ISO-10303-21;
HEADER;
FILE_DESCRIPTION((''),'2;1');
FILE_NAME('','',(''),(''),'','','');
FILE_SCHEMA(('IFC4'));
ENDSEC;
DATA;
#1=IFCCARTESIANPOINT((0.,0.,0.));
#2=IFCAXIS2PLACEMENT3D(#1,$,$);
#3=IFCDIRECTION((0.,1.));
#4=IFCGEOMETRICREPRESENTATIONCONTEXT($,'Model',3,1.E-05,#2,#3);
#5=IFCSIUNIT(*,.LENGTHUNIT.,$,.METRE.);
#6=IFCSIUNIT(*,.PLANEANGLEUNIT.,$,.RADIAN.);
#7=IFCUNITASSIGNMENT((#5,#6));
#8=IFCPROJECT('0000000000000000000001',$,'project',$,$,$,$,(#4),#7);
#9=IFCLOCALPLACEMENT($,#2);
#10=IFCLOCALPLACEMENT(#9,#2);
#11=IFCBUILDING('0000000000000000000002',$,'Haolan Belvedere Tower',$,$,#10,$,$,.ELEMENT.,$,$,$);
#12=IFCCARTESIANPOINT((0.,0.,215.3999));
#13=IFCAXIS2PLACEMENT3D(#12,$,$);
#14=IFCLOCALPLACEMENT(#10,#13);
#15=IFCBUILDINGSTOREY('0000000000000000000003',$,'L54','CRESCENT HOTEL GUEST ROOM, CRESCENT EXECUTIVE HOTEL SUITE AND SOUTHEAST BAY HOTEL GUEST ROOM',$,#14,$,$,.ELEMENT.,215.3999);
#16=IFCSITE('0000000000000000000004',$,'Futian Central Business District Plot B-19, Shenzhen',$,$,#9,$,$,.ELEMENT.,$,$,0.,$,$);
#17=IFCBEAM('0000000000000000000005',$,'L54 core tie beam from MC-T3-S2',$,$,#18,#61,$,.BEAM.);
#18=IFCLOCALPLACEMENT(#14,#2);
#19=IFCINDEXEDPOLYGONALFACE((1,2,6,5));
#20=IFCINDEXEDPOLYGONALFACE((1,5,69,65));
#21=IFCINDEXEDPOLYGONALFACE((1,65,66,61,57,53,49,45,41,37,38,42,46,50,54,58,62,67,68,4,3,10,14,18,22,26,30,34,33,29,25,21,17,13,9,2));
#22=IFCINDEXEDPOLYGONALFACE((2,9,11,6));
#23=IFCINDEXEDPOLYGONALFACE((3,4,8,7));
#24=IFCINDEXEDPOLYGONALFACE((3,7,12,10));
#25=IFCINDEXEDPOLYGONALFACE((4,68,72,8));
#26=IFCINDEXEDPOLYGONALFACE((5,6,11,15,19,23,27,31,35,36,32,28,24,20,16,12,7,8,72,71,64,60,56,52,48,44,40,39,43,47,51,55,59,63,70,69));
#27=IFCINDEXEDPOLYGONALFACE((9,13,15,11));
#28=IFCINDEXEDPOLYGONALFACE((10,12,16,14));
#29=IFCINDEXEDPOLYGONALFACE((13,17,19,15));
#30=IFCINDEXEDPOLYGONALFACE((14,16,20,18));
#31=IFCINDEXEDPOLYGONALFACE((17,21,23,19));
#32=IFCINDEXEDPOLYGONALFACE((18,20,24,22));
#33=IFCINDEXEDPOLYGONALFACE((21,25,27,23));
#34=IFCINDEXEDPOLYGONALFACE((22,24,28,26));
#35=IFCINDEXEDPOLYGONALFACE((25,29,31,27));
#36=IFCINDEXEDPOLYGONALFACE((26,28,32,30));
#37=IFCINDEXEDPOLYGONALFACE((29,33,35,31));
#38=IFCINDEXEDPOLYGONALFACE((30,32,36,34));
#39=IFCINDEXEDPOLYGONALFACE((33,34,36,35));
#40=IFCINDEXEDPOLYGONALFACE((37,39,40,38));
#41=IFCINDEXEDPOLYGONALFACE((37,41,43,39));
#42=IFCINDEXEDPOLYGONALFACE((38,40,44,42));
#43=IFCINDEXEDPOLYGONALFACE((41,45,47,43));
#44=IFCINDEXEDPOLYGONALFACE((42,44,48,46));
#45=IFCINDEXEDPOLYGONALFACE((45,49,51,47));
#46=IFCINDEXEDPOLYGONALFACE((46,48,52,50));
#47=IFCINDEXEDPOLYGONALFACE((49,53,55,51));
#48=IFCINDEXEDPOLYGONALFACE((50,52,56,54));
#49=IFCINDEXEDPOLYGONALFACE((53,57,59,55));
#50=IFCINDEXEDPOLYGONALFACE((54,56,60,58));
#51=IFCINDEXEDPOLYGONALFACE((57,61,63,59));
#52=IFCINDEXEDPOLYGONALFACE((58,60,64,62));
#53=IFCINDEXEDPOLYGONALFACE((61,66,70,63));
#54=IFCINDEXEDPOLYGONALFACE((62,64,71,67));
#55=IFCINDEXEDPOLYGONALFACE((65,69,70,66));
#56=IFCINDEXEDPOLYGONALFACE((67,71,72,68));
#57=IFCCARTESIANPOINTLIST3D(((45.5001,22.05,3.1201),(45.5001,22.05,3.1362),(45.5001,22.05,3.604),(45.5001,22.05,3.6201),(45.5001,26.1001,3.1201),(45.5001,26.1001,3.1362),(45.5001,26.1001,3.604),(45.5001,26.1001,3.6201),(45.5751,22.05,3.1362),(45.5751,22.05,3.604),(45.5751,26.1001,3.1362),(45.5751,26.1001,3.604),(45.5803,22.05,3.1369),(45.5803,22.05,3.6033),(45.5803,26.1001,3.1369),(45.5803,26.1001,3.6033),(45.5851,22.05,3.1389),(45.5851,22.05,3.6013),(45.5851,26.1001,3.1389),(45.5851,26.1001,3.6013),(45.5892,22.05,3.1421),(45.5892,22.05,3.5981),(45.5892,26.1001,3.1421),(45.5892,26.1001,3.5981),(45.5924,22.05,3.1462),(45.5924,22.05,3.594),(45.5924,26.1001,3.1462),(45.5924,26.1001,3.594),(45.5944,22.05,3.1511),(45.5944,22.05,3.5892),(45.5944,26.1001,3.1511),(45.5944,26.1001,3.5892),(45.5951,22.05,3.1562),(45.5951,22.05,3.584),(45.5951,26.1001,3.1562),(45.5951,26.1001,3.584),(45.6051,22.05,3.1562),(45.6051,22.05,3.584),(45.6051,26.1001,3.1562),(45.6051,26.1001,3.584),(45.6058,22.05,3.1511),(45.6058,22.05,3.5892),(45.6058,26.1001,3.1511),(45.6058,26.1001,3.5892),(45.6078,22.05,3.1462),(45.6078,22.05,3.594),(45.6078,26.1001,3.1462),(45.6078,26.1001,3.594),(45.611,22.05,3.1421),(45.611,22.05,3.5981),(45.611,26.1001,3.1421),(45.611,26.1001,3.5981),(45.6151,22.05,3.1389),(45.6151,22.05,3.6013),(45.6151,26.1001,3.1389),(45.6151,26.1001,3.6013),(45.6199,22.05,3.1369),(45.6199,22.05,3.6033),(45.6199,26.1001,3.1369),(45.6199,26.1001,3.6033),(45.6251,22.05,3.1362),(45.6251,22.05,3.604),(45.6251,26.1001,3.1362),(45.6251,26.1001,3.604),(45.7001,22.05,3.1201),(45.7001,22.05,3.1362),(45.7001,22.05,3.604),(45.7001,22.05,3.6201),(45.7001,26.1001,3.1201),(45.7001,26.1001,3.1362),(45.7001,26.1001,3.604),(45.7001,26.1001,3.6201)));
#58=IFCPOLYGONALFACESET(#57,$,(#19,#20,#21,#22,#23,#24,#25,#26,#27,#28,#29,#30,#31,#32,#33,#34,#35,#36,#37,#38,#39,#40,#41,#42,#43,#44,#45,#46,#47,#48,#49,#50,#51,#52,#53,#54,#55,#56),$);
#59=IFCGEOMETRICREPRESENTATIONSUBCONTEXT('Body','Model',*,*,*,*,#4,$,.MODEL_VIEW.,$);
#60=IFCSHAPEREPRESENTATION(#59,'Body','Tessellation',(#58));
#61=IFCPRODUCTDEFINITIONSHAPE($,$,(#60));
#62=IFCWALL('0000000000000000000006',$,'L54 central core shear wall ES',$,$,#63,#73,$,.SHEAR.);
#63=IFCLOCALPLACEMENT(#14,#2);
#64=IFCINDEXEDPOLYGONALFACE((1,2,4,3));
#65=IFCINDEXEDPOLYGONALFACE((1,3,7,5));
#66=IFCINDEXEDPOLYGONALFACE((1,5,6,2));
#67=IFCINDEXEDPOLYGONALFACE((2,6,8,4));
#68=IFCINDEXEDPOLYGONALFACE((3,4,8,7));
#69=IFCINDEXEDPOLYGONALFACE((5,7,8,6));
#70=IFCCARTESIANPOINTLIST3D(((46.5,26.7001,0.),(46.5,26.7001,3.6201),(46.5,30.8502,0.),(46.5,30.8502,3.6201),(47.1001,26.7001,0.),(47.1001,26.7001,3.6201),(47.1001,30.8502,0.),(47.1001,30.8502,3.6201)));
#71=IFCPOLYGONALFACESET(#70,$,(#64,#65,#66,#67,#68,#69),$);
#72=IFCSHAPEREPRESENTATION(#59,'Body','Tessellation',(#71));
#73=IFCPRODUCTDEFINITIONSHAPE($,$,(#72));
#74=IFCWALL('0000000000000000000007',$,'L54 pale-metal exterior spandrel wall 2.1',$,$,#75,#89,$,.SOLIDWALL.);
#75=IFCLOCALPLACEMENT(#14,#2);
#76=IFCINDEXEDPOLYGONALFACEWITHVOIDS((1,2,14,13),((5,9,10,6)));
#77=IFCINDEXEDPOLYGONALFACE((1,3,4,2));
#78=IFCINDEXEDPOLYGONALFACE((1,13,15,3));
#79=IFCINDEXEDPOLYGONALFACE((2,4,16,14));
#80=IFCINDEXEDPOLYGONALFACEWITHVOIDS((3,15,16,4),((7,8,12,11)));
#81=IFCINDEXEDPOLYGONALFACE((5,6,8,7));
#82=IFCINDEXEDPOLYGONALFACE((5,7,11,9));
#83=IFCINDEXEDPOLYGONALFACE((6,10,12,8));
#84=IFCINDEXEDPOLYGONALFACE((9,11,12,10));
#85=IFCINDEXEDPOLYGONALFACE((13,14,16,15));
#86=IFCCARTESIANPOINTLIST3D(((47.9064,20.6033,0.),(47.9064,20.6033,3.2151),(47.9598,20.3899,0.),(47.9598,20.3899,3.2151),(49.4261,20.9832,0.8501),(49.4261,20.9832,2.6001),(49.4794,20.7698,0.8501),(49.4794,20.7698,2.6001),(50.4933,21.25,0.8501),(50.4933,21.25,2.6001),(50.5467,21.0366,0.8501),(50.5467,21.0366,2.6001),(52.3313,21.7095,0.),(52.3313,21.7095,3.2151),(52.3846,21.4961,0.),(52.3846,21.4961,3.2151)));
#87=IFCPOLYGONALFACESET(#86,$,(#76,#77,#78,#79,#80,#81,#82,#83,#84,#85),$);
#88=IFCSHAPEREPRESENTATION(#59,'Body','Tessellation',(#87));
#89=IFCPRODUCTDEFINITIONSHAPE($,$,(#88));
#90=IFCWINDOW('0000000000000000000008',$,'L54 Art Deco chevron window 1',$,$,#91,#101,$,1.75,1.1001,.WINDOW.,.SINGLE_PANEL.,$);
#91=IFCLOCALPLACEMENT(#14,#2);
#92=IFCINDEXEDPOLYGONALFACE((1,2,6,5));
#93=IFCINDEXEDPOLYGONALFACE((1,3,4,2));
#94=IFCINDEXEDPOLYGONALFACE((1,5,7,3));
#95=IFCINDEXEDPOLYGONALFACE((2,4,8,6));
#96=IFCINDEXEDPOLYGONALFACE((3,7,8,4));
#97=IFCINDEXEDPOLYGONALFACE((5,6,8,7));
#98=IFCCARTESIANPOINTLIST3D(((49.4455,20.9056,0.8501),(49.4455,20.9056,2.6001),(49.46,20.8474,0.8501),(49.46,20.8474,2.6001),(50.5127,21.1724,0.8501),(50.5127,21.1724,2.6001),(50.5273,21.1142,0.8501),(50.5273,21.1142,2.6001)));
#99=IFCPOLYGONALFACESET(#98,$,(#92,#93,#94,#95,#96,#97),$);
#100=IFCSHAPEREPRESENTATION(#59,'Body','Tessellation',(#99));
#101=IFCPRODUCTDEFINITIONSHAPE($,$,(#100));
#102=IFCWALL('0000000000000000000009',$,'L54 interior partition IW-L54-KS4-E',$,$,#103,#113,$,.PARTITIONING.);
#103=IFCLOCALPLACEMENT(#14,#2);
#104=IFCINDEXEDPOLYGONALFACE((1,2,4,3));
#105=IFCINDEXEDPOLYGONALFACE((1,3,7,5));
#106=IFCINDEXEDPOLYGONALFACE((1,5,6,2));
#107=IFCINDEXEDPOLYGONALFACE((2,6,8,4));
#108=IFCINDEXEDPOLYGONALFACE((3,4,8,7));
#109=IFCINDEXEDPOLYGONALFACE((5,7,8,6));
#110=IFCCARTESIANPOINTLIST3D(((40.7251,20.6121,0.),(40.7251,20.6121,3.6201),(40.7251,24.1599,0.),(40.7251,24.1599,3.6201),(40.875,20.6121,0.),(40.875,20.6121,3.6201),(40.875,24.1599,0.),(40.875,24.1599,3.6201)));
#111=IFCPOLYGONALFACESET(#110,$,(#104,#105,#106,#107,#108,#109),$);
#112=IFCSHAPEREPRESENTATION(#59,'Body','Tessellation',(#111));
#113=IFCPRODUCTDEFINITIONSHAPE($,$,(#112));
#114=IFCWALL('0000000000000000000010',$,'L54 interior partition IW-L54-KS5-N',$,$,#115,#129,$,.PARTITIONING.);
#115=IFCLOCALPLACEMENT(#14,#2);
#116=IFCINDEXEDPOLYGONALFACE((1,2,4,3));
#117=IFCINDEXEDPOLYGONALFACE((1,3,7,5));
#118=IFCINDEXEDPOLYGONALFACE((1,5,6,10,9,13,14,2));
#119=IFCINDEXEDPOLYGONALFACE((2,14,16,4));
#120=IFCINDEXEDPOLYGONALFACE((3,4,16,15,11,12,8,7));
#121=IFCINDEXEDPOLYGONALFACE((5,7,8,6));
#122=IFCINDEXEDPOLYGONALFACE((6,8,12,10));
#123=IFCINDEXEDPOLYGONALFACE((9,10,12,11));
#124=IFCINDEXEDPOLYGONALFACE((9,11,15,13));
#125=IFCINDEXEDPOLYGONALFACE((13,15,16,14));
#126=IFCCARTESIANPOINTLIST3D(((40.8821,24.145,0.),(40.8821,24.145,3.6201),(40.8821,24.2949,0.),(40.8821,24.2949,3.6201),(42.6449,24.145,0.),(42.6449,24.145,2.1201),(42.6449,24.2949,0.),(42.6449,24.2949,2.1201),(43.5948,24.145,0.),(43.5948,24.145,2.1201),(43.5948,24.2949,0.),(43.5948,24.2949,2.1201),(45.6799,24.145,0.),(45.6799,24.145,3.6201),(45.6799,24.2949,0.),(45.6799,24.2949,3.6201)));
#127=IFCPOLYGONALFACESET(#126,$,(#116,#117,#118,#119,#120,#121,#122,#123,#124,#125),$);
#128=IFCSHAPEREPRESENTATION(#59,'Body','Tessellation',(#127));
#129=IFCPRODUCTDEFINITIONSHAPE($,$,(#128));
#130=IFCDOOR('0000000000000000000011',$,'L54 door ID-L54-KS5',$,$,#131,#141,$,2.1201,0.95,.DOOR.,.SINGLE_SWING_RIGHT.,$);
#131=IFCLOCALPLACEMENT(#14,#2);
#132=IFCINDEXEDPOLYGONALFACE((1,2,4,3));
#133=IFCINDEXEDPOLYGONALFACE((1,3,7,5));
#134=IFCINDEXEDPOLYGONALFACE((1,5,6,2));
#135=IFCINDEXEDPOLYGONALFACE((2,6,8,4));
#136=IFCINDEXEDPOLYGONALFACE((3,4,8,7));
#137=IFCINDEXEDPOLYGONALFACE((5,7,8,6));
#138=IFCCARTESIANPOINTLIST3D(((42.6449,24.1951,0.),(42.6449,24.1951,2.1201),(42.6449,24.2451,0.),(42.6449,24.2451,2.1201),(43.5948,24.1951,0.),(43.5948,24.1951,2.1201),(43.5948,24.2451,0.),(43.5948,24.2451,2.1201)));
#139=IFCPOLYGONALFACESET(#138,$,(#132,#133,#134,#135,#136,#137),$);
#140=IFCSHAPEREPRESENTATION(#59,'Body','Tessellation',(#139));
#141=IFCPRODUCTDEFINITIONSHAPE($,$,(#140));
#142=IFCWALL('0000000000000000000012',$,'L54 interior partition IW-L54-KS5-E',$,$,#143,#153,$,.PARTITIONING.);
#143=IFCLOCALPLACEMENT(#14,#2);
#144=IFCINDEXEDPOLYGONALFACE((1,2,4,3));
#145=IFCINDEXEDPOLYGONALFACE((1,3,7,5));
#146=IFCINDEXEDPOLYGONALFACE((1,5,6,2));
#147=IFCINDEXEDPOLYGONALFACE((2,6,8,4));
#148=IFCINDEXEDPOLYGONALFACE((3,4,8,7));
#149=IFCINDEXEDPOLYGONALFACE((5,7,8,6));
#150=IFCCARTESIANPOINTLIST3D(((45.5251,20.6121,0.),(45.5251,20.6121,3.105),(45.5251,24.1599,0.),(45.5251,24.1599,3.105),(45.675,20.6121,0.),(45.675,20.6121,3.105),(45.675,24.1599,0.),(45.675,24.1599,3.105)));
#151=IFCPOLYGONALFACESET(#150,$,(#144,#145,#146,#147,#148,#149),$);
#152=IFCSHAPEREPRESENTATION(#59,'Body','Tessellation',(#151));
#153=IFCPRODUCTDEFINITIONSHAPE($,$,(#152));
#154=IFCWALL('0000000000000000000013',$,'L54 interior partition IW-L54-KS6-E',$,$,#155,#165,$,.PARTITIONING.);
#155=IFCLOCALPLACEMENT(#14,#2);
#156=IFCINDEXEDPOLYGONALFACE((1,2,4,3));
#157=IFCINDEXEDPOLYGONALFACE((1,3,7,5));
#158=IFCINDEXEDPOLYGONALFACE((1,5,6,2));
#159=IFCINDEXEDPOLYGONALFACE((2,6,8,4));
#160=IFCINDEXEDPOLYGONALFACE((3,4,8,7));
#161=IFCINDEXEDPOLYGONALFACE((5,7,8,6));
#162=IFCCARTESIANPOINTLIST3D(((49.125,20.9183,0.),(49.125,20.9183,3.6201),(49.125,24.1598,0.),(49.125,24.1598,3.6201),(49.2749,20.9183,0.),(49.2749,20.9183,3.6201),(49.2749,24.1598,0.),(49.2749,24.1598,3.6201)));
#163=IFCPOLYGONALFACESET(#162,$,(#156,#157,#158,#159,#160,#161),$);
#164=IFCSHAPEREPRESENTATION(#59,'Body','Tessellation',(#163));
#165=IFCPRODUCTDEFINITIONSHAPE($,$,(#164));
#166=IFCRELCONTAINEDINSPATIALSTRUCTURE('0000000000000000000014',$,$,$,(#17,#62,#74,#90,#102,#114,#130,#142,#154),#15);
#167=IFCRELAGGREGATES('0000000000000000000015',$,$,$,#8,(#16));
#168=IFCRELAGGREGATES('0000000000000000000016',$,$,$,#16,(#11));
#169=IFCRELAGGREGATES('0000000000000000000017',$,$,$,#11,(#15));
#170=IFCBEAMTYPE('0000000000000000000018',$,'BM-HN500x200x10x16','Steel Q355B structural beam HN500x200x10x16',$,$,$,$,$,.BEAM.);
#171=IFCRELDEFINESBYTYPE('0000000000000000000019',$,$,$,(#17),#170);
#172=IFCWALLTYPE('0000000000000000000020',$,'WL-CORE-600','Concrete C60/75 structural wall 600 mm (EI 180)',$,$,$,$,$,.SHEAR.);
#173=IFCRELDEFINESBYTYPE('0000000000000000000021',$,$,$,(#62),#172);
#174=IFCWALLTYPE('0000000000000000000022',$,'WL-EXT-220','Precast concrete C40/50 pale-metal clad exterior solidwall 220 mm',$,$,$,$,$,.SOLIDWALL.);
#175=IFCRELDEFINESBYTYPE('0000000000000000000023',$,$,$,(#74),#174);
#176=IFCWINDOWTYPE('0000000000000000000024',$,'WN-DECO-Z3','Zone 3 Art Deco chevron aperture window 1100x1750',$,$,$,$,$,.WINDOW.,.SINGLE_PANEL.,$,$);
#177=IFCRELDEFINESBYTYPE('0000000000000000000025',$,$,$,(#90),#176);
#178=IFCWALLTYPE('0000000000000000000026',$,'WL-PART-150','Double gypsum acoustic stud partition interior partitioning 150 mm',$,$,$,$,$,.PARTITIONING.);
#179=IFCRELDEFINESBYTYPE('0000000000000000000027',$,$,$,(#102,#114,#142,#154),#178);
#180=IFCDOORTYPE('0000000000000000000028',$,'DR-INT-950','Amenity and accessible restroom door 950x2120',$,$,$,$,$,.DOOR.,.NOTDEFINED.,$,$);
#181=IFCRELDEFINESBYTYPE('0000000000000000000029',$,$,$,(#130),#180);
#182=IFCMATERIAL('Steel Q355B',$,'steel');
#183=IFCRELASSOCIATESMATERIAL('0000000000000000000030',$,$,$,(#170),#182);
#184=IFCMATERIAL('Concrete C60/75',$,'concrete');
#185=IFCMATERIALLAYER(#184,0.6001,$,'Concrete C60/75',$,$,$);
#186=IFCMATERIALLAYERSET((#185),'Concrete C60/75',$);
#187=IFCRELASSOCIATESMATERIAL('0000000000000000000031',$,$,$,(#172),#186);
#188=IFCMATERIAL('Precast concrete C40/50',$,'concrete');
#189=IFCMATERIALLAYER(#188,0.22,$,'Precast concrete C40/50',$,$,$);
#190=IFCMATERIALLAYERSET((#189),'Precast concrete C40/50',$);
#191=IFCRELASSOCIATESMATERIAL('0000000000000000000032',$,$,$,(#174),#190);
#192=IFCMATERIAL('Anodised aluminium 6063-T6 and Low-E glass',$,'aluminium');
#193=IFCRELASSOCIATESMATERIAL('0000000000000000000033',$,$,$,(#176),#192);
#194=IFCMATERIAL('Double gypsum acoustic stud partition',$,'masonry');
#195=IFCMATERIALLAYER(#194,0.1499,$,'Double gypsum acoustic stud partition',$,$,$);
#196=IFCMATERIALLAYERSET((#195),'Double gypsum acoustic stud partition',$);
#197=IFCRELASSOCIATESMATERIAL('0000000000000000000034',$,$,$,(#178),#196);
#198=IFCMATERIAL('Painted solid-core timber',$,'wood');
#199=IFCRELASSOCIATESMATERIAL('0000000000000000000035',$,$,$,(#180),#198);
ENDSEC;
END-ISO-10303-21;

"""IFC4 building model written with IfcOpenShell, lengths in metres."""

from ifc_helpers import new_model, si_unit, direction, frame, frame_2d, origin, origin_2d, place, context, subcontext, project, spatial, rectangle, i_section, extrude, material, layer, layer_set, material_profile, profile_set, type_object, element, fill, save


model = new_model("IFC4")

# Units and contexts
model_context = context("Model", 3, precision=1e-05, world=origin(), true_north=direction((0.0, 1.0)))
body_context = subcontext(model_context, "Body", "Model", "MODEL_VIEW")
ifc_project = project(units=[si_unit("LENGTHUNIT", "METRE"), si_unit("PLANEANGLEUNIT", "RADIAN")], contexts=[model_context])

# Site, building, storey
site_placement = place(None, origin())
site = spatial("IfcSite", under=ifc_project, at=site_placement, Name="Futian Central Business District Plot B-19, Shenzhen", CompositionType="ELEMENT", RefElevation=0.0)
building_placement = place(site_placement, origin())
building = spatial("IfcBuilding", under=site, at=building_placement, Name="Haolan Belvedere Tower", CompositionType="ELEMENT")
storey_placement = place(building_placement, frame((0.0, 0.0, 215.3999)))
storey = spatial("IfcBuildingStorey", under=building, at=storey_placement, Name="L54", Description="CRESCENT HOTEL GUEST ROOM, CRESCENT EXECUTIVE HOTEL SUITE AND SOUTHEAST BAY HOTEL GUEST ROOM", CompositionType="ELEMENT", Elevation=215.3999)

# Beam
ifc_material_1 = material(Name="Steel Q355B", Category="steel")
ifc_material_profile_1 = material_profile(ifc_material_1, i_section(OverallWidth=0.2, OverallDepth=0.5, WebThickness=0.01, FlangeThickness=0.0161, FilletRadius=0.02, at=origin_2d()), Name="Steel Q355B")
ifc_profile_set_1 = profile_set([ifc_material_profile_1], Name="Steel Q355B")
beam_type_1 = type_object("IfcBeamType", Name="BM-HN500x200x10x16", Description="Steel Q355B structural beam HN500x200x10x16", PredefinedType="BEAM", material=ifc_profile_set_1)
beam_1_placement = place(storey_placement, frame((45.6001, 22.05, 3.3701), z_axis=(0.0, 1.0, 0.0), x_axis=(-1.0, 0.0, 0.0)))
element("IfcBeam", 1, at=beam_1_placement, inside=storey, type_object=beam_type_1, Name="L54 core tie beam from MC-T3-S2", PredefinedType="BEAM", context=body_context, shape_type="SweptSolid", body=[
    extrude(i_section(OverallWidth=0.2, OverallDepth=0.5, WebThickness=0.01, FlangeThickness=0.0161, FilletRadius=0.02, at=origin_2d()), origin(), (0.0, 0.0, 1.0), 4.05),
])

# Wall
ifc_material_2 = material(Name="Concrete C60/75", Category="concrete")
ifc_layer_1 = layer(ifc_material_2, 0.6001, Name="Concrete C60/75")
ifc_layer_set_1 = layer_set([ifc_layer_1], Name="Concrete C60/75")
wall_type_1 = type_object("IfcWallType", Name="WL-CORE-600", Description="Concrete C60/75 structural wall 600 mm (EI 180)", PredefinedType="SHEAR", material=ifc_layer_set_1)
wall_1_placement = place(storey_placement, frame((46.8, 26.7, 0.0), z_axis=(0.0, 0.0, 1.0), x_axis=(0.0, 1.0, 0.0)))
element("IfcWall", 2, at=wall_1_placement, inside=storey, type_object=wall_type_1, Name="L54 central core shear wall ES", PredefinedType="SHEAR", context=body_context, shape_type="SweptSolid", body=[
    extrude(rectangle(XDim=4.1501, YDim=0.6001, at=frame_2d((2.0752, 0.0))), origin(), (0.0, 0.0, 1.0), 3.6201),
])

# Wall, opening, window
ifc_material_3 = material(Name="Precast concrete C40/50", Category="concrete")
ifc_layer_2 = layer(ifc_material_3, 0.22, Name="Precast concrete C40/50")
ifc_layer_set_2 = layer_set([ifc_layer_2], Name="Precast concrete C40/50")
wall_type_2 = type_object("IfcWallType", Name="WL-EXT-220", Description="Precast concrete C40/50 pale-metal clad exterior solidwall 220 mm", PredefinedType="SOLIDWALL", material=ifc_layer_set_2)
wall_2_placement = place(storey_placement, frame((47.9331, 20.4966, 0.0), z_axis=(0.0, 0.0, 1.0), x_axis=(0.970143, 0.242536, 0.0)))
wall_2 = element("IfcWall", 3, at=wall_2_placement, inside=storey, type_object=wall_type_2, Name="L54 pale-metal exterior spandrel wall 2.1", PredefinedType="SOLIDWALL", context=body_context, shape_type="SweptSolid", body=[
    extrude(rectangle(XDim=4.561, YDim=0.22, at=frame_2d((2.2805, 0.0))), origin(), (0.0, 0.0, 1.0), 3.2151),
])
opening_1_placement = place(wall_2_placement, frame((1.5664, 0.0, 0.8501)))
opening_1 = element("IfcOpeningElement", 4, at=opening_1_placement, cuts=wall_2, PredefinedType="OPENING", context=body_context, shape_type="SweptSolid", body=[
    extrude(rectangle(XDim=1.1001, YDim=1.75, at=frame_2d((0.55, 0.875))), frame((0.0, 0.1199, 0.0), z_axis=(0.0, -1.0, 0.0), x_axis=(1.0, 0.0, 0.0)), (0.0, 0.0, 1.0), 0.24),
])
ifc_material_4 = material(Name="Anodised aluminium 6063-T6 and Low-E glass", Category="aluminium")
window_type = type_object("IfcWindowType", Name="WN-DECO-Z3", Description="Zone 3 Art Deco chevron aperture window 1100x1750", PartitioningType="SINGLE_PANEL", PredefinedType="WINDOW", material=ifc_material_4)
window_placement = place(opening_1_placement, origin())
window = element("IfcWindow", 5, at=window_placement, inside=storey, type_object=window_type, Name="L54 Art Deco chevron window 1", OverallHeight=1.75, OverallWidth=1.1001, PartitioningType="SINGLE_PANEL", PredefinedType="WINDOW", context=body_context, shape_type="SweptSolid", body=[
    extrude(rectangle(XDim=1.1001, YDim=1.75, at=frame_2d((0.55, 0.875))), frame((0.0, 0.03, 0.0), z_axis=(0.0, -1.0, 0.0), x_axis=(1.0, 0.0, 0.0)), (0.0, 0.0, 1.0), 0.0601),
])
fill(opening_1, window)

# Wall
ifc_material_5 = material(Name="Double gypsum acoustic stud partition", Category="masonry")
ifc_layer_3 = layer(ifc_material_5, 0.1499, Name="Double gypsum acoustic stud partition")
ifc_layer_set_3 = layer_set([ifc_layer_3], Name="Double gypsum acoustic stud partition")
wall_type_3 = type_object("IfcWallType", Name="WL-PART-150", Description="Double gypsum acoustic stud partition interior partitioning 150 mm", PredefinedType="PARTITIONING", material=ifc_layer_set_3)
wall_3_placement = place(storey_placement, frame((40.8, 20.6121, 0.0), z_axis=(0.0, 0.0, 1.0), x_axis=(0.0, 1.0, 0.0)))
element("IfcWall", 6, at=wall_3_placement, inside=storey, type_object=wall_type_3, Name="L54 interior partition IW-L54-KS4-E", PredefinedType="PARTITIONING", context=body_context, shape_type="SweptSolid", body=[
    extrude(rectangle(XDim=3.5479, YDim=0.1499, at=frame_2d((1.7739, 0.0))), origin(), (0.0, 0.0, 1.0), 3.6201),
])

# Wall, opening, door
wall_4_placement = place(storey_placement, frame((40.8821, 24.22, 0.0), z_axis=(0.0, 0.0, 1.0), x_axis=(1.0, 0.0, 0.0)))
wall_4 = element("IfcWall", 7, at=wall_4_placement, inside=storey, type_object=wall_type_3, Name="L54 interior partition IW-L54-KS5-N", PredefinedType="PARTITIONING", context=body_context, shape_type="SweptSolid", body=[
    extrude(rectangle(XDim=4.7979, YDim=0.1499, at=frame_2d((2.3989, 0.0))), origin(), (0.0, 0.0, 1.0), 3.6201),
])
opening_2_placement = place(wall_4_placement, frame((2.7129, 0.0, 0.0), z_axis=(0.0, 0.0, 1.0), x_axis=(-1.0, 0.0, 0.0)))
opening_2 = element("IfcOpeningElement", 8, at=opening_2_placement, cuts=wall_4, PredefinedType="OPENING", context=body_context, shape_type="SweptSolid", body=[
    extrude(rectangle(XDim=0.95, YDim=2.1201, at=frame_2d((0.4751, 1.0601))), frame((0.0, 0.085, 0.0), z_axis=(0.0, -1.0, 0.0), x_axis=(1.0, 0.0, 0.0)), (0.0, 0.0, 1.0), 0.1699),
])
ifc_material_6 = material(Name="Painted solid-core timber", Category="wood")
door_type_1 = type_object("IfcDoorType", Name="DR-INT-950", Description="Amenity and accessible restroom door 950x2120", OperationType="NOTDEFINED", PredefinedType="DOOR", material=ifc_material_6)
door_1_placement = place(opening_2_placement, origin())
door_1 = element("IfcDoor", 9, at=door_1_placement, inside=storey, type_object=door_type_1, Name="L54 door ID-L54-KS5", OperationType="SINGLE_SWING_RIGHT", OverallHeight=2.1201, OverallWidth=0.95, PredefinedType="DOOR", context=body_context, shape_type="SweptSolid", body=[
    extrude(rectangle(XDim=0.95, YDim=2.1201, at=frame_2d((0.4751, 1.0601))), frame((0.0, 0.0249, 0.0), z_axis=(0.0, -1.0, 0.0), x_axis=(1.0, 0.0, 0.0)), (0.0, 0.0, 1.0), 0.05),
])
fill(opening_2, door_1)

# Wall
wall_5_placement = place(storey_placement, frame((45.6001, 20.6121, 0.0), z_axis=(0.0, 0.0, 1.0), x_axis=(0.0, 1.0, 0.0)))
element("IfcWall", 10, at=wall_5_placement, inside=storey, type_object=wall_type_3, Name="L54 interior partition IW-L54-KS5-E", PredefinedType="PARTITIONING", context=body_context, shape_type="SweptSolid", body=[
    extrude(rectangle(XDim=3.5479, YDim=0.1499, at=frame_2d((1.7739, 0.0))), origin(), (0.0, 0.0, 1.0), 3.105),
])

# Wall
wall_6_placement = place(storey_placement, frame((49.2, 20.9185, 0.0), z_axis=(0.0, 0.0, 1.0), x_axis=(0.0, 1.0, 0.0)))
element("IfcWall", 11, at=wall_6_placement, inside=storey, type_object=wall_type_3, Name="L54 interior partition IW-L54-KS6-E", PredefinedType="PARTITIONING", context=body_context, shape_type="SweptSolid", body=[
    extrude(rectangle(XDim=3.2415, YDim=0.1499, at=frame_2d((1.6206, 0.0))), origin(), (0.0, 0.0, 1.0), 3.6201),
])

save(model, "model.ifc")
